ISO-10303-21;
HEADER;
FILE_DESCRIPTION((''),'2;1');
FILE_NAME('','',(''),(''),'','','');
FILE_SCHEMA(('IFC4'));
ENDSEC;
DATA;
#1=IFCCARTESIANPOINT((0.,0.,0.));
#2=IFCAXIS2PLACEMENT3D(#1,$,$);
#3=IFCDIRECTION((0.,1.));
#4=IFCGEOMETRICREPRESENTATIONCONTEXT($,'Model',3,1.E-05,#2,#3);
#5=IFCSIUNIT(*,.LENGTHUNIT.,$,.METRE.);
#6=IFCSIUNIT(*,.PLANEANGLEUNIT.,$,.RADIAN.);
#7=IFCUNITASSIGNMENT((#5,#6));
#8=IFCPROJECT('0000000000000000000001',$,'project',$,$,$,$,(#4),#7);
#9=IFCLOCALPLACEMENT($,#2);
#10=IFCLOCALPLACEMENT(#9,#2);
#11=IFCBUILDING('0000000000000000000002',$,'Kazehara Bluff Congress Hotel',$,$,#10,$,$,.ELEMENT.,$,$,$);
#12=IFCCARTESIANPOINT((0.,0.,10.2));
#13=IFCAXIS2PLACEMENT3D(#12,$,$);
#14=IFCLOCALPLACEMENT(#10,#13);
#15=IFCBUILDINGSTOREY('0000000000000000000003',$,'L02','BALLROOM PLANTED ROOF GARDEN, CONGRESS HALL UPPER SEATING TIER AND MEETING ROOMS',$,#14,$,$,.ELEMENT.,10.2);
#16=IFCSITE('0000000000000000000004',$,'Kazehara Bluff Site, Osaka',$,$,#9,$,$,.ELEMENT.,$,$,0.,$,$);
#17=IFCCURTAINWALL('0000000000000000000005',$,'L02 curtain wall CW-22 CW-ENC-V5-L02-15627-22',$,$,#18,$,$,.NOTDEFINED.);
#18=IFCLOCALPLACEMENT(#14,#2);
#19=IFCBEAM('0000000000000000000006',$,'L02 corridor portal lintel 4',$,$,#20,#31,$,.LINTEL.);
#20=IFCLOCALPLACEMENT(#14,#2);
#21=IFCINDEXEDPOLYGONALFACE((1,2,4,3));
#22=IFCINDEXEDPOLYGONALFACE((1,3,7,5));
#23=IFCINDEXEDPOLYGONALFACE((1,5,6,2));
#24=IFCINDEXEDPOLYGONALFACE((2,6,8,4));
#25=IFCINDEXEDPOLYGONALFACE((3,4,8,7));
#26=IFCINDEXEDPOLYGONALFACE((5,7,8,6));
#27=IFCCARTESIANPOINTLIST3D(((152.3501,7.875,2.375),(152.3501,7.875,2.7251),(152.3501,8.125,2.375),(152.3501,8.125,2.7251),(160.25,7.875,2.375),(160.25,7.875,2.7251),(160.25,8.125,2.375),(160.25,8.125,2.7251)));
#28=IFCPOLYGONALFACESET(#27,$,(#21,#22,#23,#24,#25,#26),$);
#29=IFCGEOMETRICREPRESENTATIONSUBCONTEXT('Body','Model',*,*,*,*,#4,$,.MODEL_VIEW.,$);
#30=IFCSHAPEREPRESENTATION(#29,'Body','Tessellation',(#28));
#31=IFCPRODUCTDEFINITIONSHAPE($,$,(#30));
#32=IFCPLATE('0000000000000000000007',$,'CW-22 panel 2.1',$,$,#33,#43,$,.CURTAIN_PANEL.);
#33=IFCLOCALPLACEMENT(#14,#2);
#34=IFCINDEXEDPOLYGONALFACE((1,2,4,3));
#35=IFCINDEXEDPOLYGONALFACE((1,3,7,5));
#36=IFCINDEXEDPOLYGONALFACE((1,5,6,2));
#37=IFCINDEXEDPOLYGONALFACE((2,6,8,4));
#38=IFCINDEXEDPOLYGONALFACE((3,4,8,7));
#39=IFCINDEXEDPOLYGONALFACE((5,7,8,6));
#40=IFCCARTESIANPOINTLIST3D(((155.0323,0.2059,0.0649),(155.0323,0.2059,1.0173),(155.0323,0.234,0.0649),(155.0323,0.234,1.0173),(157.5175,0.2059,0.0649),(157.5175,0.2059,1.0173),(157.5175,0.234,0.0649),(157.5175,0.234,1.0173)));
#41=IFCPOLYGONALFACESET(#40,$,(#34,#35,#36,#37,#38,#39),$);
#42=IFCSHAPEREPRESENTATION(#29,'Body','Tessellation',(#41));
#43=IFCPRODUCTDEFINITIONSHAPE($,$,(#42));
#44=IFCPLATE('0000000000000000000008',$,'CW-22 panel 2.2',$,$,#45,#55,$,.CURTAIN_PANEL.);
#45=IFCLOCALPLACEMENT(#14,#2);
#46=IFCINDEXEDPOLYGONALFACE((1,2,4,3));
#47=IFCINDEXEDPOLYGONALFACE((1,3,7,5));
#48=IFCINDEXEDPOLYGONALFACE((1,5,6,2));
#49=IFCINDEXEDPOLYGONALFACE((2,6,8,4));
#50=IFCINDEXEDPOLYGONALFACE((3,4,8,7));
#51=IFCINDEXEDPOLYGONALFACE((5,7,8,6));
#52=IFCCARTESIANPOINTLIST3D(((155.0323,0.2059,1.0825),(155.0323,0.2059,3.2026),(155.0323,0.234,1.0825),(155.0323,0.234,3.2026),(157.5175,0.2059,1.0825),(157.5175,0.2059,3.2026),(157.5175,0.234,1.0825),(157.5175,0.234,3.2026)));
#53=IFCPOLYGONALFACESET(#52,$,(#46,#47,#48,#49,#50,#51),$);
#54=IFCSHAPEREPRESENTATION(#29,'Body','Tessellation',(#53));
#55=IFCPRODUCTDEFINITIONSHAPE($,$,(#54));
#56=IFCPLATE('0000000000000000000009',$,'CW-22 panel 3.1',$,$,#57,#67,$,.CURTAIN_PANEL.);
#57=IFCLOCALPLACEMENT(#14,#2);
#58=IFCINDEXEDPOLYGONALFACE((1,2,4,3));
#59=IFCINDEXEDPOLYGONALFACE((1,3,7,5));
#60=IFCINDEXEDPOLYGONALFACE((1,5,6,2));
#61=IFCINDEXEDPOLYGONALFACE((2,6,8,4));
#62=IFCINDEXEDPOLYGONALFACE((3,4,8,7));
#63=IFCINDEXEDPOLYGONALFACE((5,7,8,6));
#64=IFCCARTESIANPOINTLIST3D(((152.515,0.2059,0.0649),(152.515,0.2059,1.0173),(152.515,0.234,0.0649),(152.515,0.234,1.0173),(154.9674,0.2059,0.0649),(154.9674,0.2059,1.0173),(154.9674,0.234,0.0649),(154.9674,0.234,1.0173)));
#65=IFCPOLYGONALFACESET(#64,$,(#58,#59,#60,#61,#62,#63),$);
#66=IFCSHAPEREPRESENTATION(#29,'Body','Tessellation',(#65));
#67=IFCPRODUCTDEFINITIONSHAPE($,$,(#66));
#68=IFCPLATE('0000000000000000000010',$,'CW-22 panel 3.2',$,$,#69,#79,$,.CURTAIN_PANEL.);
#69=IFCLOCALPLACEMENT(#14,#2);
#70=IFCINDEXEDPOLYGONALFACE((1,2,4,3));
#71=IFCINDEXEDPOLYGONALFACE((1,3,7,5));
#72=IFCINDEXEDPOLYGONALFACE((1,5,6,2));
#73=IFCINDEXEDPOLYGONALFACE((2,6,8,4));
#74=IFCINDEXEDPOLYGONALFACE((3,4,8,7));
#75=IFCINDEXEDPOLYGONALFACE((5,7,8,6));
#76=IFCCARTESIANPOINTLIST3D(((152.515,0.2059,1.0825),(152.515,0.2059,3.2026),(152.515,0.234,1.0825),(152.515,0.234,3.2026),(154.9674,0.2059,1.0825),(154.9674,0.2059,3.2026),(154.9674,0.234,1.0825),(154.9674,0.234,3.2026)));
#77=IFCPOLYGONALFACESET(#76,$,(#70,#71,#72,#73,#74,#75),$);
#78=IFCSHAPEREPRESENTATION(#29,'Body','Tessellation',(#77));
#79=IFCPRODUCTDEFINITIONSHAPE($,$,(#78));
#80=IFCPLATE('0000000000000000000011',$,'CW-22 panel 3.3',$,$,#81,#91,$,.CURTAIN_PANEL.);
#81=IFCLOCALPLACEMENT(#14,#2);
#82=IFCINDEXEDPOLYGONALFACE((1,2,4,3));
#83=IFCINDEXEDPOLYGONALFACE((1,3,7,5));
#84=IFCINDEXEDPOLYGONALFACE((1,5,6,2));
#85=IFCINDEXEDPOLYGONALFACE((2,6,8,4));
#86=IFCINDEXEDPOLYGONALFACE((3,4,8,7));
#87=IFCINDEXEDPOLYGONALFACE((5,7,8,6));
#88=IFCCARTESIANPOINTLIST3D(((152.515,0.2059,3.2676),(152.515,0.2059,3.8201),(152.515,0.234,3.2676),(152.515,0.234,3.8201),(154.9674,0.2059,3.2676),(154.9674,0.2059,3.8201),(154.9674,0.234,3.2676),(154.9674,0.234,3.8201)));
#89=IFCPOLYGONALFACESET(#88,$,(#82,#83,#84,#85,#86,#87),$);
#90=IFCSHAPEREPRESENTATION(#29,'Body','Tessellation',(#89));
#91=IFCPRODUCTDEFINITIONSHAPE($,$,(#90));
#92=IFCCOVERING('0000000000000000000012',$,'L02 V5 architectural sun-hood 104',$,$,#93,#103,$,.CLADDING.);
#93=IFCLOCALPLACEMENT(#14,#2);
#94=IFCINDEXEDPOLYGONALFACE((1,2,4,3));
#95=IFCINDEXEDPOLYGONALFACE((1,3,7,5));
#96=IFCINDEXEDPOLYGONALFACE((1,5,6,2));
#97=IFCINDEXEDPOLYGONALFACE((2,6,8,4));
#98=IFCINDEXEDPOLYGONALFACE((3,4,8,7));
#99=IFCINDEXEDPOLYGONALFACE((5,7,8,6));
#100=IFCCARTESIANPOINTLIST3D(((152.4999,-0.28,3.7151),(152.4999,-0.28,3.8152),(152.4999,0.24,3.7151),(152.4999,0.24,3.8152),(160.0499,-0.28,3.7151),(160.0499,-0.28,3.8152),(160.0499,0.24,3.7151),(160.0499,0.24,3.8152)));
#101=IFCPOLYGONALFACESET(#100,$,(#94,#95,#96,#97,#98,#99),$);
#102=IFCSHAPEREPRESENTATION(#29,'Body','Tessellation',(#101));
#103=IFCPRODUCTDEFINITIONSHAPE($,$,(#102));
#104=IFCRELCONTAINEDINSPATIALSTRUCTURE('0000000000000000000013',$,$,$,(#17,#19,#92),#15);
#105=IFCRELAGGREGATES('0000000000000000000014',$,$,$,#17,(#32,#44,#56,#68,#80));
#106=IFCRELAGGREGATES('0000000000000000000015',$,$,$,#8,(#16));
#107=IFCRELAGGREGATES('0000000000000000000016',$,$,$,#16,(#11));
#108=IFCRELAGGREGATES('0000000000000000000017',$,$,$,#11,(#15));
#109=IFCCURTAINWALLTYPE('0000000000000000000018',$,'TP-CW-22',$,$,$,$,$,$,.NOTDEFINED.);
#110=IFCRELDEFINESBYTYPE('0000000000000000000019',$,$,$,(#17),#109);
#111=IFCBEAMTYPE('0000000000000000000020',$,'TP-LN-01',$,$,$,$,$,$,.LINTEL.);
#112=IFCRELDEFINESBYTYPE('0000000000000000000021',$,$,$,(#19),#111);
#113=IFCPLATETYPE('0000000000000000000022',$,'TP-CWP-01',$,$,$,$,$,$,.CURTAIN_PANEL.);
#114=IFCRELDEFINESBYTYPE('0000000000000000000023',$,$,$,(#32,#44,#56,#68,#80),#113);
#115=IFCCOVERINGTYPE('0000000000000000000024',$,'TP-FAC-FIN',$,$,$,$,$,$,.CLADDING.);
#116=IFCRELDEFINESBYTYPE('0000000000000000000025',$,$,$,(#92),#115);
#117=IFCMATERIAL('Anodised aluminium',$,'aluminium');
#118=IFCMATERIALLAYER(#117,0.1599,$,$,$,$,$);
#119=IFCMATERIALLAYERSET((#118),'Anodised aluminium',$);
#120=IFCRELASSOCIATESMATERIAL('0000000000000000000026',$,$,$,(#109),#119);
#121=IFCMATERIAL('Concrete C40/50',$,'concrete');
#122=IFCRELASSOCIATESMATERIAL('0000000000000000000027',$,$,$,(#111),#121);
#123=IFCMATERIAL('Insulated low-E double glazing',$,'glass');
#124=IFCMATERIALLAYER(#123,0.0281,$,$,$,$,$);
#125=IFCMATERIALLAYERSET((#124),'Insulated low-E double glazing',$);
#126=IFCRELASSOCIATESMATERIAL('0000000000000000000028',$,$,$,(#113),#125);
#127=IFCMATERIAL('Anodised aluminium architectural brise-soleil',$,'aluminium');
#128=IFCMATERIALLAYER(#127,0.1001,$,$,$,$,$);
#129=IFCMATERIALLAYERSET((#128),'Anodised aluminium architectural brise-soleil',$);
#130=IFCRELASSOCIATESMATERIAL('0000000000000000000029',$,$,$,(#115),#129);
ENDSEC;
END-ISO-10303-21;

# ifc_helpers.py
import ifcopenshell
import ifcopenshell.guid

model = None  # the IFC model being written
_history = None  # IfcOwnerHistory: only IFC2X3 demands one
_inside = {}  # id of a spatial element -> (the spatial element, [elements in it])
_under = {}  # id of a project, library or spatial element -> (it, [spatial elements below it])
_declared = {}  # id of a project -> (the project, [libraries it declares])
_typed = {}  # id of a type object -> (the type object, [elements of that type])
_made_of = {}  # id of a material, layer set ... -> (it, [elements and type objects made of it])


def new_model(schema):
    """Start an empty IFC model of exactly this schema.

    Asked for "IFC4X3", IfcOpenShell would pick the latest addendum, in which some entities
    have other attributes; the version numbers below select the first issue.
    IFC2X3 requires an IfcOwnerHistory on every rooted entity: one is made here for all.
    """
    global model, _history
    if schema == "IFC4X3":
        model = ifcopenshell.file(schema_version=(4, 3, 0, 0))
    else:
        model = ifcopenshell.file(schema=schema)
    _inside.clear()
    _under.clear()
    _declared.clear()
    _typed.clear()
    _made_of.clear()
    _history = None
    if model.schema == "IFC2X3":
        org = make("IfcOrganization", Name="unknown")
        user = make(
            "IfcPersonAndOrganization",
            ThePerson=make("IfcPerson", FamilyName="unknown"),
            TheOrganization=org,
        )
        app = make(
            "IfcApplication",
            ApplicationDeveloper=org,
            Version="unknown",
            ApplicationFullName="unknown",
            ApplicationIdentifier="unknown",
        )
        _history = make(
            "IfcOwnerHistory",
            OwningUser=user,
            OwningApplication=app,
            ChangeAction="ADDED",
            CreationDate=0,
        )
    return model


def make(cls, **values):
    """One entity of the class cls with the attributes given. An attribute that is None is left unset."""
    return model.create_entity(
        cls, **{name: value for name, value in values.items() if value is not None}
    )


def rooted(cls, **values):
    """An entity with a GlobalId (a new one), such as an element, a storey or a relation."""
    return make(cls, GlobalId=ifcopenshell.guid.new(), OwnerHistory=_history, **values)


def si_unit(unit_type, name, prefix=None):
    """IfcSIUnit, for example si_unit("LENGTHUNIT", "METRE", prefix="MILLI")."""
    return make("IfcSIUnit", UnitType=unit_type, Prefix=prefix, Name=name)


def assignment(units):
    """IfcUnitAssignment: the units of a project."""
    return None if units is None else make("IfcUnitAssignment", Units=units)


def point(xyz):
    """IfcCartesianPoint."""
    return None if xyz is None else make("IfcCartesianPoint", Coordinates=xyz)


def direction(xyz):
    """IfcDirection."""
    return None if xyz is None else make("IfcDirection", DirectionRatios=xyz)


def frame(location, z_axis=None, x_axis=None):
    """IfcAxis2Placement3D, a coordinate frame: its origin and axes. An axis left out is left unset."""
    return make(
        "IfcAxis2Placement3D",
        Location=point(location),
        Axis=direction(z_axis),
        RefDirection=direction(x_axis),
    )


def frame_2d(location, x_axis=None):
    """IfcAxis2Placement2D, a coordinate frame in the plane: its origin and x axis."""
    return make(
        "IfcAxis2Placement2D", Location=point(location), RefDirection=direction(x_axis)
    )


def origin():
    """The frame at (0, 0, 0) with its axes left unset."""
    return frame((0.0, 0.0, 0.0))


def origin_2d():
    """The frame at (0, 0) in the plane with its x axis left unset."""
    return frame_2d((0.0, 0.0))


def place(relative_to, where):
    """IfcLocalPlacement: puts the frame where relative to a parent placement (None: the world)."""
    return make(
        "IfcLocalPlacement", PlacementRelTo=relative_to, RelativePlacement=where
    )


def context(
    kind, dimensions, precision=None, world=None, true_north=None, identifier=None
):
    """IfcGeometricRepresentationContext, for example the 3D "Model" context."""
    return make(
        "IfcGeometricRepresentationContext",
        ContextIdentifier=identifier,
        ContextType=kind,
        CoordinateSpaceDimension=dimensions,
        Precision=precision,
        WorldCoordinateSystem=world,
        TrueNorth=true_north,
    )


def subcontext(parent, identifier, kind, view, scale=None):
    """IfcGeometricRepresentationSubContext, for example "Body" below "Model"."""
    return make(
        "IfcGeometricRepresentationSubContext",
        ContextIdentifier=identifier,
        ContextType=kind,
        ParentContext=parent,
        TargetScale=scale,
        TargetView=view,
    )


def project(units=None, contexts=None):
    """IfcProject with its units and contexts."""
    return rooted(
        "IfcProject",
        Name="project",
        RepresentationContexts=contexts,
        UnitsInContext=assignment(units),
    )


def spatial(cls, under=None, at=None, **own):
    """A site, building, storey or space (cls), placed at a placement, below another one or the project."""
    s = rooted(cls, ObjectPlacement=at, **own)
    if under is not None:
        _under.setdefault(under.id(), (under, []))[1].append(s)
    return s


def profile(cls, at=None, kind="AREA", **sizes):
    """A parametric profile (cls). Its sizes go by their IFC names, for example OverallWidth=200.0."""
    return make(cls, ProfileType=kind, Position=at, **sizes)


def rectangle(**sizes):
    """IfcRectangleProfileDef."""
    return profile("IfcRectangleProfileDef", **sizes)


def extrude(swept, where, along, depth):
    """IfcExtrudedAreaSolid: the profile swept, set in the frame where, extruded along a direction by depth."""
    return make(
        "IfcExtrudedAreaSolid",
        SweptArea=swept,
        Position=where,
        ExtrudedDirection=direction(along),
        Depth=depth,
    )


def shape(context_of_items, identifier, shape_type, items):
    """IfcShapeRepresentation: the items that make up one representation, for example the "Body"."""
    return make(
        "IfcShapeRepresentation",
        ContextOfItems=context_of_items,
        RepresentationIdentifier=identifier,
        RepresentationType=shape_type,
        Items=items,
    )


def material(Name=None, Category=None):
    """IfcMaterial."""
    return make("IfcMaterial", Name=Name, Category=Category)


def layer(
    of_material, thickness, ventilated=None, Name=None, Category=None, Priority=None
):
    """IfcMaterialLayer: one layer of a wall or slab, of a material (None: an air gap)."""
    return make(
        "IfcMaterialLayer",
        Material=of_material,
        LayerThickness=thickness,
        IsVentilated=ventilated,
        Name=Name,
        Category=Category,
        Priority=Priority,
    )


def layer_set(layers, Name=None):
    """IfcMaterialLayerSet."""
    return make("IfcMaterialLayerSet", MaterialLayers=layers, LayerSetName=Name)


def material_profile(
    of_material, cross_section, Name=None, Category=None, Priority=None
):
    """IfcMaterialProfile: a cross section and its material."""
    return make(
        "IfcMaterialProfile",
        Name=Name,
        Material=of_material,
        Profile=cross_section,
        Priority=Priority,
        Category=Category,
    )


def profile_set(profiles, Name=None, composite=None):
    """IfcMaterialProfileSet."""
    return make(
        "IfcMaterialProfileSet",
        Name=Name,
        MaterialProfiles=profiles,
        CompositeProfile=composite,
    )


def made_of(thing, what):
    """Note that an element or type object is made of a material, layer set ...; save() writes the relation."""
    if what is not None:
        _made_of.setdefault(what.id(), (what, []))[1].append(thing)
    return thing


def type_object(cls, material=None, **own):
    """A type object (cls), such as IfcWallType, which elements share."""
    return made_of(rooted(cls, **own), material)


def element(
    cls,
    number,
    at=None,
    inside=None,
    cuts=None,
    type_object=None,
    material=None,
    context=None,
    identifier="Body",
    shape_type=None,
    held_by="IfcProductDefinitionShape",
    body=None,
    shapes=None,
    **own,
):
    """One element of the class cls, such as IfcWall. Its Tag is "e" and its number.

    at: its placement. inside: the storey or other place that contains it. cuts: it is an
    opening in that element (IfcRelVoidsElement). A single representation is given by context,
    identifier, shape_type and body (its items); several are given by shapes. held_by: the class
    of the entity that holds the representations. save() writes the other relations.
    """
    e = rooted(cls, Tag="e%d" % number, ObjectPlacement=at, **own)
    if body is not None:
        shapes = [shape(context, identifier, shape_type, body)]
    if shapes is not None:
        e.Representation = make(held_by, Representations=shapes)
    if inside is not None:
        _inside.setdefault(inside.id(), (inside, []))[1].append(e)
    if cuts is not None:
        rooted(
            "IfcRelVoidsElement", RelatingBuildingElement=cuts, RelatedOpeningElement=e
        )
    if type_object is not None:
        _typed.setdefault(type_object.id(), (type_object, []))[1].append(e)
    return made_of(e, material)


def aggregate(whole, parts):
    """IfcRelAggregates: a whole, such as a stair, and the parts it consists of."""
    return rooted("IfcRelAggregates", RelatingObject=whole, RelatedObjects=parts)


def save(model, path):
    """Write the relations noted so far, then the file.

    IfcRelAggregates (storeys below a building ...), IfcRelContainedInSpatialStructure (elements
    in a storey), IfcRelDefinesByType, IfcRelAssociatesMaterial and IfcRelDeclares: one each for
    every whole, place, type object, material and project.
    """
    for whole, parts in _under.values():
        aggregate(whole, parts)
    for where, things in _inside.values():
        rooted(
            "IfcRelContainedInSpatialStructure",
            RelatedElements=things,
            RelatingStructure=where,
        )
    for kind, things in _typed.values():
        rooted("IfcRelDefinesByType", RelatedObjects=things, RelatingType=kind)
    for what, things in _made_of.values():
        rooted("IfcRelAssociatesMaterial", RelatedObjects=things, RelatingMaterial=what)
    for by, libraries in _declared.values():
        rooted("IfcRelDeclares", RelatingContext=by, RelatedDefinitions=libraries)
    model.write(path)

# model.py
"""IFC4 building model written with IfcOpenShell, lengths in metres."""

from ifc_helpers import new_model, si_unit, direction, frame, origin, origin_2d, place, context, subcontext, project, spatial, rectangle, extrude, material, layer, layer_set, material_profile, profile_set, type_object, element, aggregate, save


model = new_model("IFC4")

# Units and contexts
model_context = context("Model", 3, precision=1e-05, world=origin(), true_north=direction((0.0, 1.0)))
body_context = subcontext(model_context, "Body", "Model", "MODEL_VIEW")
ifc_project = project(units=[si_unit("LENGTHUNIT", "METRE"), si_unit("PLANEANGLEUNIT", "RADIAN")], contexts=[model_context])

# Site, building, storey
site_placement = place(None, origin())
site = spatial("IfcSite", under=ifc_project, at=site_placement, Name="Kazehara Bluff Site, Osaka", CompositionType="ELEMENT", RefElevation=0.0)
building_placement = place(site_placement, origin())
building = spatial("IfcBuilding", under=site, at=building_placement, Name="Kazehara Bluff Congress Hotel", CompositionType="ELEMENT")
storey_placement = place(building_placement, frame((0.0, 0.0, 10.2)))
storey = spatial("IfcBuildingStorey", under=building, at=storey_placement, Name="L02", Description="BALLROOM PLANTED ROOF GARDEN, CONGRESS HALL UPPER SEATING TIER AND MEETING ROOMS", CompositionType="ELEMENT", Elevation=10.2)

# Shared definitions
ifc_material_1 = material(Name="Anodised aluminium", Category="aluminium")
ifc_layer_1 = layer(ifc_material_1, 0.1599)
ifc_layer_set_1 = layer_set([ifc_layer_1], Name="Anodised aluminium")
curtain_wall_type = type_object("IfcCurtainWallType", Name="TP-CW-22", PredefinedType="NOTDEFINED", material=ifc_layer_set_1)

# Curtain wall
curtain_wall_1_placement = place(storey_placement, origin())
curtain_wall_1 = element("IfcCurtainWall", 1, at=curtain_wall_1_placement, inside=storey, type_object=curtain_wall_type, Name="L02 curtain wall CW-22 CW-ENC-V5-L02-15627-22", PredefinedType="NOTDEFINED")

# Beam
ifc_material_2 = material(Name="Concrete C40/50", Category="concrete")
ifc_material_profile_1 = material_profile(ifc_material_2, rectangle(XDim=0.25, YDim=0.3501, at=origin_2d()))
ifc_profile_set_1 = profile_set([ifc_material_profile_1], Name="Concrete C40/50")
beam_type_1 = type_object("IfcBeamType", Name="TP-LN-01", PredefinedType="LINTEL", material=ifc_profile_set_1)
beam_1_placement = place(storey_placement, frame((152.3501, 8.0, 2.55), z_axis=(1.0, 0.0, 0.0), x_axis=(0.0, 1.0, 0.0)))
element("IfcBeam", 2, at=beam_1_placement, inside=storey, type_object=beam_type_1, Name="L02 corridor portal lintel 4", PredefinedType="LINTEL", context=body_context, shape_type="SweptSolid", body=[
    extrude(rectangle(XDim=0.25, YDim=0.3501, at=origin_2d()), origin(), (0.0, 0.0, 1.0), 7.8999),
])

# Plates
ifc_material_3 = material(Name="Insulated low-E double glazing", Category="glass")
ifc_layer_2 = layer(ifc_material_3, 0.0281)
ifc_layer_set_2 = layer_set([ifc_layer_2], Name="Insulated low-E double glazing")
plate_type = type_object("IfcPlateType", Name="TP-CWP-01", PredefinedType="CURTAIN_PANEL", material=ifc_layer_set_2)
plate_1_placement = place(storey_placement, frame((156.2749, 0.22, 0.0649), z_axis=(0.0, 0.0, 1.0), x_axis=(-1.0, 0.0, 0.0)))
plate_1 = element("IfcPlate", 3, at=plate_1_placement, type_object=plate_type, Name="CW-22 panel 2.1", PredefinedType="CURTAIN_PANEL", context=body_context, shape_type="SweptSolid", body=[
    extrude(rectangle(XDim=2.4851, YDim=0.0281, at=origin_2d()), origin(), (0.0, 0.0, 1.0), 0.9524),
])
plate_2_placement = place(storey_placement, frame((156.2749, 0.22, 1.0825), z_axis=(0.0, 0.0, 1.0), x_axis=(-1.0, 0.0, 0.0)))
plate_2 = element("IfcPlate", 4, at=plate_2_placement, type_object=plate_type, Name="CW-22 panel 2.2", PredefinedType="CURTAIN_PANEL", context=body_context, shape_type="SweptSolid", body=[
    extrude(rectangle(XDim=2.4851, YDim=0.0281, at=origin_2d()), origin(), (0.0, 0.0, 1.0), 2.1201),
])
plate_3_placement = place(storey_placement, frame((153.7412, 0.22, 0.0649), z_axis=(0.0, 0.0, 1.0), x_axis=(-1.0, 0.0, 0.0)))
plate_3 = element("IfcPlate", 5, at=plate_3_placement, type_object=plate_type, Name="CW-22 panel 3.1", PredefinedType="CURTAIN_PANEL", context=body_context, shape_type="SweptSolid", body=[
    extrude(rectangle(XDim=2.4524, YDim=0.0281, at=origin_2d()), origin(), (0.0, 0.0, 1.0), 0.9524),
])
plate_4_placement = place(storey_placement, frame((153.7412, 0.22, 1.0825), z_axis=(0.0, 0.0, 1.0), x_axis=(-1.0, 0.0, 0.0)))
plate_4 = element("IfcPlate", 6, at=plate_4_placement, type_object=plate_type, Name="CW-22 panel 3.2", PredefinedType="CURTAIN_PANEL", context=body_context, shape_type="SweptSolid", body=[
    extrude(rectangle(XDim=2.4524, YDim=0.0281, at=origin_2d()), origin(), (0.0, 0.0, 1.0), 2.1201),
])
plate_5_placement = place(storey_placement, frame((153.7412, 0.22, 3.2676), z_axis=(0.0, 0.0, 1.0), x_axis=(-1.0, 0.0, 0.0)))
plate_5 = element("IfcPlate", 7, at=plate_5_placement, type_object=plate_type, Name="CW-22 panel 3.3", PredefinedType="CURTAIN_PANEL", context=body_context, shape_type="SweptSolid", body=[
    extrude(rectangle(XDim=2.4524, YDim=0.0281, at=origin_2d()), origin(), (0.0, 0.0, 1.0), 0.5525),
])
aggregate(curtain_wall_1, [plate_1, plate_2, plate_3, plate_4, plate_5])

# Covering
ifc_material_4 = material(Name="Anodised aluminium architectural brise-soleil", Category="aluminium")
ifc_layer_3 = layer(ifc_material_4, 0.1001)
ifc_layer_set_3 = layer_set([ifc_layer_3], Name="Anodised aluminium architectural brise-soleil")
covering_type = type_object("IfcCoveringType", Name="TP-FAC-FIN", PredefinedType="CLADDING", material=ifc_layer_set_3)
covering_placement = place(storey_placement, frame((156.2749, -0.02, 3.7151), z_axis=(0.0, 0.0, 1.0), x_axis=(1.0, 0.0, 0.0)))
element("IfcCovering", 8, at=covering_placement, inside=storey, type_object=covering_type, Name="L02 V5 architectural sun-hood 104", PredefinedType="CLADDING", context=body_context, shape_type="SweptSolid", body=[
    extrude(rectangle(XDim=7.55, YDim=0.52, at=origin_2d()), origin(), (0.0, 0.0, 1.0), 0.1001),
])

save(model, "model.ifc")
